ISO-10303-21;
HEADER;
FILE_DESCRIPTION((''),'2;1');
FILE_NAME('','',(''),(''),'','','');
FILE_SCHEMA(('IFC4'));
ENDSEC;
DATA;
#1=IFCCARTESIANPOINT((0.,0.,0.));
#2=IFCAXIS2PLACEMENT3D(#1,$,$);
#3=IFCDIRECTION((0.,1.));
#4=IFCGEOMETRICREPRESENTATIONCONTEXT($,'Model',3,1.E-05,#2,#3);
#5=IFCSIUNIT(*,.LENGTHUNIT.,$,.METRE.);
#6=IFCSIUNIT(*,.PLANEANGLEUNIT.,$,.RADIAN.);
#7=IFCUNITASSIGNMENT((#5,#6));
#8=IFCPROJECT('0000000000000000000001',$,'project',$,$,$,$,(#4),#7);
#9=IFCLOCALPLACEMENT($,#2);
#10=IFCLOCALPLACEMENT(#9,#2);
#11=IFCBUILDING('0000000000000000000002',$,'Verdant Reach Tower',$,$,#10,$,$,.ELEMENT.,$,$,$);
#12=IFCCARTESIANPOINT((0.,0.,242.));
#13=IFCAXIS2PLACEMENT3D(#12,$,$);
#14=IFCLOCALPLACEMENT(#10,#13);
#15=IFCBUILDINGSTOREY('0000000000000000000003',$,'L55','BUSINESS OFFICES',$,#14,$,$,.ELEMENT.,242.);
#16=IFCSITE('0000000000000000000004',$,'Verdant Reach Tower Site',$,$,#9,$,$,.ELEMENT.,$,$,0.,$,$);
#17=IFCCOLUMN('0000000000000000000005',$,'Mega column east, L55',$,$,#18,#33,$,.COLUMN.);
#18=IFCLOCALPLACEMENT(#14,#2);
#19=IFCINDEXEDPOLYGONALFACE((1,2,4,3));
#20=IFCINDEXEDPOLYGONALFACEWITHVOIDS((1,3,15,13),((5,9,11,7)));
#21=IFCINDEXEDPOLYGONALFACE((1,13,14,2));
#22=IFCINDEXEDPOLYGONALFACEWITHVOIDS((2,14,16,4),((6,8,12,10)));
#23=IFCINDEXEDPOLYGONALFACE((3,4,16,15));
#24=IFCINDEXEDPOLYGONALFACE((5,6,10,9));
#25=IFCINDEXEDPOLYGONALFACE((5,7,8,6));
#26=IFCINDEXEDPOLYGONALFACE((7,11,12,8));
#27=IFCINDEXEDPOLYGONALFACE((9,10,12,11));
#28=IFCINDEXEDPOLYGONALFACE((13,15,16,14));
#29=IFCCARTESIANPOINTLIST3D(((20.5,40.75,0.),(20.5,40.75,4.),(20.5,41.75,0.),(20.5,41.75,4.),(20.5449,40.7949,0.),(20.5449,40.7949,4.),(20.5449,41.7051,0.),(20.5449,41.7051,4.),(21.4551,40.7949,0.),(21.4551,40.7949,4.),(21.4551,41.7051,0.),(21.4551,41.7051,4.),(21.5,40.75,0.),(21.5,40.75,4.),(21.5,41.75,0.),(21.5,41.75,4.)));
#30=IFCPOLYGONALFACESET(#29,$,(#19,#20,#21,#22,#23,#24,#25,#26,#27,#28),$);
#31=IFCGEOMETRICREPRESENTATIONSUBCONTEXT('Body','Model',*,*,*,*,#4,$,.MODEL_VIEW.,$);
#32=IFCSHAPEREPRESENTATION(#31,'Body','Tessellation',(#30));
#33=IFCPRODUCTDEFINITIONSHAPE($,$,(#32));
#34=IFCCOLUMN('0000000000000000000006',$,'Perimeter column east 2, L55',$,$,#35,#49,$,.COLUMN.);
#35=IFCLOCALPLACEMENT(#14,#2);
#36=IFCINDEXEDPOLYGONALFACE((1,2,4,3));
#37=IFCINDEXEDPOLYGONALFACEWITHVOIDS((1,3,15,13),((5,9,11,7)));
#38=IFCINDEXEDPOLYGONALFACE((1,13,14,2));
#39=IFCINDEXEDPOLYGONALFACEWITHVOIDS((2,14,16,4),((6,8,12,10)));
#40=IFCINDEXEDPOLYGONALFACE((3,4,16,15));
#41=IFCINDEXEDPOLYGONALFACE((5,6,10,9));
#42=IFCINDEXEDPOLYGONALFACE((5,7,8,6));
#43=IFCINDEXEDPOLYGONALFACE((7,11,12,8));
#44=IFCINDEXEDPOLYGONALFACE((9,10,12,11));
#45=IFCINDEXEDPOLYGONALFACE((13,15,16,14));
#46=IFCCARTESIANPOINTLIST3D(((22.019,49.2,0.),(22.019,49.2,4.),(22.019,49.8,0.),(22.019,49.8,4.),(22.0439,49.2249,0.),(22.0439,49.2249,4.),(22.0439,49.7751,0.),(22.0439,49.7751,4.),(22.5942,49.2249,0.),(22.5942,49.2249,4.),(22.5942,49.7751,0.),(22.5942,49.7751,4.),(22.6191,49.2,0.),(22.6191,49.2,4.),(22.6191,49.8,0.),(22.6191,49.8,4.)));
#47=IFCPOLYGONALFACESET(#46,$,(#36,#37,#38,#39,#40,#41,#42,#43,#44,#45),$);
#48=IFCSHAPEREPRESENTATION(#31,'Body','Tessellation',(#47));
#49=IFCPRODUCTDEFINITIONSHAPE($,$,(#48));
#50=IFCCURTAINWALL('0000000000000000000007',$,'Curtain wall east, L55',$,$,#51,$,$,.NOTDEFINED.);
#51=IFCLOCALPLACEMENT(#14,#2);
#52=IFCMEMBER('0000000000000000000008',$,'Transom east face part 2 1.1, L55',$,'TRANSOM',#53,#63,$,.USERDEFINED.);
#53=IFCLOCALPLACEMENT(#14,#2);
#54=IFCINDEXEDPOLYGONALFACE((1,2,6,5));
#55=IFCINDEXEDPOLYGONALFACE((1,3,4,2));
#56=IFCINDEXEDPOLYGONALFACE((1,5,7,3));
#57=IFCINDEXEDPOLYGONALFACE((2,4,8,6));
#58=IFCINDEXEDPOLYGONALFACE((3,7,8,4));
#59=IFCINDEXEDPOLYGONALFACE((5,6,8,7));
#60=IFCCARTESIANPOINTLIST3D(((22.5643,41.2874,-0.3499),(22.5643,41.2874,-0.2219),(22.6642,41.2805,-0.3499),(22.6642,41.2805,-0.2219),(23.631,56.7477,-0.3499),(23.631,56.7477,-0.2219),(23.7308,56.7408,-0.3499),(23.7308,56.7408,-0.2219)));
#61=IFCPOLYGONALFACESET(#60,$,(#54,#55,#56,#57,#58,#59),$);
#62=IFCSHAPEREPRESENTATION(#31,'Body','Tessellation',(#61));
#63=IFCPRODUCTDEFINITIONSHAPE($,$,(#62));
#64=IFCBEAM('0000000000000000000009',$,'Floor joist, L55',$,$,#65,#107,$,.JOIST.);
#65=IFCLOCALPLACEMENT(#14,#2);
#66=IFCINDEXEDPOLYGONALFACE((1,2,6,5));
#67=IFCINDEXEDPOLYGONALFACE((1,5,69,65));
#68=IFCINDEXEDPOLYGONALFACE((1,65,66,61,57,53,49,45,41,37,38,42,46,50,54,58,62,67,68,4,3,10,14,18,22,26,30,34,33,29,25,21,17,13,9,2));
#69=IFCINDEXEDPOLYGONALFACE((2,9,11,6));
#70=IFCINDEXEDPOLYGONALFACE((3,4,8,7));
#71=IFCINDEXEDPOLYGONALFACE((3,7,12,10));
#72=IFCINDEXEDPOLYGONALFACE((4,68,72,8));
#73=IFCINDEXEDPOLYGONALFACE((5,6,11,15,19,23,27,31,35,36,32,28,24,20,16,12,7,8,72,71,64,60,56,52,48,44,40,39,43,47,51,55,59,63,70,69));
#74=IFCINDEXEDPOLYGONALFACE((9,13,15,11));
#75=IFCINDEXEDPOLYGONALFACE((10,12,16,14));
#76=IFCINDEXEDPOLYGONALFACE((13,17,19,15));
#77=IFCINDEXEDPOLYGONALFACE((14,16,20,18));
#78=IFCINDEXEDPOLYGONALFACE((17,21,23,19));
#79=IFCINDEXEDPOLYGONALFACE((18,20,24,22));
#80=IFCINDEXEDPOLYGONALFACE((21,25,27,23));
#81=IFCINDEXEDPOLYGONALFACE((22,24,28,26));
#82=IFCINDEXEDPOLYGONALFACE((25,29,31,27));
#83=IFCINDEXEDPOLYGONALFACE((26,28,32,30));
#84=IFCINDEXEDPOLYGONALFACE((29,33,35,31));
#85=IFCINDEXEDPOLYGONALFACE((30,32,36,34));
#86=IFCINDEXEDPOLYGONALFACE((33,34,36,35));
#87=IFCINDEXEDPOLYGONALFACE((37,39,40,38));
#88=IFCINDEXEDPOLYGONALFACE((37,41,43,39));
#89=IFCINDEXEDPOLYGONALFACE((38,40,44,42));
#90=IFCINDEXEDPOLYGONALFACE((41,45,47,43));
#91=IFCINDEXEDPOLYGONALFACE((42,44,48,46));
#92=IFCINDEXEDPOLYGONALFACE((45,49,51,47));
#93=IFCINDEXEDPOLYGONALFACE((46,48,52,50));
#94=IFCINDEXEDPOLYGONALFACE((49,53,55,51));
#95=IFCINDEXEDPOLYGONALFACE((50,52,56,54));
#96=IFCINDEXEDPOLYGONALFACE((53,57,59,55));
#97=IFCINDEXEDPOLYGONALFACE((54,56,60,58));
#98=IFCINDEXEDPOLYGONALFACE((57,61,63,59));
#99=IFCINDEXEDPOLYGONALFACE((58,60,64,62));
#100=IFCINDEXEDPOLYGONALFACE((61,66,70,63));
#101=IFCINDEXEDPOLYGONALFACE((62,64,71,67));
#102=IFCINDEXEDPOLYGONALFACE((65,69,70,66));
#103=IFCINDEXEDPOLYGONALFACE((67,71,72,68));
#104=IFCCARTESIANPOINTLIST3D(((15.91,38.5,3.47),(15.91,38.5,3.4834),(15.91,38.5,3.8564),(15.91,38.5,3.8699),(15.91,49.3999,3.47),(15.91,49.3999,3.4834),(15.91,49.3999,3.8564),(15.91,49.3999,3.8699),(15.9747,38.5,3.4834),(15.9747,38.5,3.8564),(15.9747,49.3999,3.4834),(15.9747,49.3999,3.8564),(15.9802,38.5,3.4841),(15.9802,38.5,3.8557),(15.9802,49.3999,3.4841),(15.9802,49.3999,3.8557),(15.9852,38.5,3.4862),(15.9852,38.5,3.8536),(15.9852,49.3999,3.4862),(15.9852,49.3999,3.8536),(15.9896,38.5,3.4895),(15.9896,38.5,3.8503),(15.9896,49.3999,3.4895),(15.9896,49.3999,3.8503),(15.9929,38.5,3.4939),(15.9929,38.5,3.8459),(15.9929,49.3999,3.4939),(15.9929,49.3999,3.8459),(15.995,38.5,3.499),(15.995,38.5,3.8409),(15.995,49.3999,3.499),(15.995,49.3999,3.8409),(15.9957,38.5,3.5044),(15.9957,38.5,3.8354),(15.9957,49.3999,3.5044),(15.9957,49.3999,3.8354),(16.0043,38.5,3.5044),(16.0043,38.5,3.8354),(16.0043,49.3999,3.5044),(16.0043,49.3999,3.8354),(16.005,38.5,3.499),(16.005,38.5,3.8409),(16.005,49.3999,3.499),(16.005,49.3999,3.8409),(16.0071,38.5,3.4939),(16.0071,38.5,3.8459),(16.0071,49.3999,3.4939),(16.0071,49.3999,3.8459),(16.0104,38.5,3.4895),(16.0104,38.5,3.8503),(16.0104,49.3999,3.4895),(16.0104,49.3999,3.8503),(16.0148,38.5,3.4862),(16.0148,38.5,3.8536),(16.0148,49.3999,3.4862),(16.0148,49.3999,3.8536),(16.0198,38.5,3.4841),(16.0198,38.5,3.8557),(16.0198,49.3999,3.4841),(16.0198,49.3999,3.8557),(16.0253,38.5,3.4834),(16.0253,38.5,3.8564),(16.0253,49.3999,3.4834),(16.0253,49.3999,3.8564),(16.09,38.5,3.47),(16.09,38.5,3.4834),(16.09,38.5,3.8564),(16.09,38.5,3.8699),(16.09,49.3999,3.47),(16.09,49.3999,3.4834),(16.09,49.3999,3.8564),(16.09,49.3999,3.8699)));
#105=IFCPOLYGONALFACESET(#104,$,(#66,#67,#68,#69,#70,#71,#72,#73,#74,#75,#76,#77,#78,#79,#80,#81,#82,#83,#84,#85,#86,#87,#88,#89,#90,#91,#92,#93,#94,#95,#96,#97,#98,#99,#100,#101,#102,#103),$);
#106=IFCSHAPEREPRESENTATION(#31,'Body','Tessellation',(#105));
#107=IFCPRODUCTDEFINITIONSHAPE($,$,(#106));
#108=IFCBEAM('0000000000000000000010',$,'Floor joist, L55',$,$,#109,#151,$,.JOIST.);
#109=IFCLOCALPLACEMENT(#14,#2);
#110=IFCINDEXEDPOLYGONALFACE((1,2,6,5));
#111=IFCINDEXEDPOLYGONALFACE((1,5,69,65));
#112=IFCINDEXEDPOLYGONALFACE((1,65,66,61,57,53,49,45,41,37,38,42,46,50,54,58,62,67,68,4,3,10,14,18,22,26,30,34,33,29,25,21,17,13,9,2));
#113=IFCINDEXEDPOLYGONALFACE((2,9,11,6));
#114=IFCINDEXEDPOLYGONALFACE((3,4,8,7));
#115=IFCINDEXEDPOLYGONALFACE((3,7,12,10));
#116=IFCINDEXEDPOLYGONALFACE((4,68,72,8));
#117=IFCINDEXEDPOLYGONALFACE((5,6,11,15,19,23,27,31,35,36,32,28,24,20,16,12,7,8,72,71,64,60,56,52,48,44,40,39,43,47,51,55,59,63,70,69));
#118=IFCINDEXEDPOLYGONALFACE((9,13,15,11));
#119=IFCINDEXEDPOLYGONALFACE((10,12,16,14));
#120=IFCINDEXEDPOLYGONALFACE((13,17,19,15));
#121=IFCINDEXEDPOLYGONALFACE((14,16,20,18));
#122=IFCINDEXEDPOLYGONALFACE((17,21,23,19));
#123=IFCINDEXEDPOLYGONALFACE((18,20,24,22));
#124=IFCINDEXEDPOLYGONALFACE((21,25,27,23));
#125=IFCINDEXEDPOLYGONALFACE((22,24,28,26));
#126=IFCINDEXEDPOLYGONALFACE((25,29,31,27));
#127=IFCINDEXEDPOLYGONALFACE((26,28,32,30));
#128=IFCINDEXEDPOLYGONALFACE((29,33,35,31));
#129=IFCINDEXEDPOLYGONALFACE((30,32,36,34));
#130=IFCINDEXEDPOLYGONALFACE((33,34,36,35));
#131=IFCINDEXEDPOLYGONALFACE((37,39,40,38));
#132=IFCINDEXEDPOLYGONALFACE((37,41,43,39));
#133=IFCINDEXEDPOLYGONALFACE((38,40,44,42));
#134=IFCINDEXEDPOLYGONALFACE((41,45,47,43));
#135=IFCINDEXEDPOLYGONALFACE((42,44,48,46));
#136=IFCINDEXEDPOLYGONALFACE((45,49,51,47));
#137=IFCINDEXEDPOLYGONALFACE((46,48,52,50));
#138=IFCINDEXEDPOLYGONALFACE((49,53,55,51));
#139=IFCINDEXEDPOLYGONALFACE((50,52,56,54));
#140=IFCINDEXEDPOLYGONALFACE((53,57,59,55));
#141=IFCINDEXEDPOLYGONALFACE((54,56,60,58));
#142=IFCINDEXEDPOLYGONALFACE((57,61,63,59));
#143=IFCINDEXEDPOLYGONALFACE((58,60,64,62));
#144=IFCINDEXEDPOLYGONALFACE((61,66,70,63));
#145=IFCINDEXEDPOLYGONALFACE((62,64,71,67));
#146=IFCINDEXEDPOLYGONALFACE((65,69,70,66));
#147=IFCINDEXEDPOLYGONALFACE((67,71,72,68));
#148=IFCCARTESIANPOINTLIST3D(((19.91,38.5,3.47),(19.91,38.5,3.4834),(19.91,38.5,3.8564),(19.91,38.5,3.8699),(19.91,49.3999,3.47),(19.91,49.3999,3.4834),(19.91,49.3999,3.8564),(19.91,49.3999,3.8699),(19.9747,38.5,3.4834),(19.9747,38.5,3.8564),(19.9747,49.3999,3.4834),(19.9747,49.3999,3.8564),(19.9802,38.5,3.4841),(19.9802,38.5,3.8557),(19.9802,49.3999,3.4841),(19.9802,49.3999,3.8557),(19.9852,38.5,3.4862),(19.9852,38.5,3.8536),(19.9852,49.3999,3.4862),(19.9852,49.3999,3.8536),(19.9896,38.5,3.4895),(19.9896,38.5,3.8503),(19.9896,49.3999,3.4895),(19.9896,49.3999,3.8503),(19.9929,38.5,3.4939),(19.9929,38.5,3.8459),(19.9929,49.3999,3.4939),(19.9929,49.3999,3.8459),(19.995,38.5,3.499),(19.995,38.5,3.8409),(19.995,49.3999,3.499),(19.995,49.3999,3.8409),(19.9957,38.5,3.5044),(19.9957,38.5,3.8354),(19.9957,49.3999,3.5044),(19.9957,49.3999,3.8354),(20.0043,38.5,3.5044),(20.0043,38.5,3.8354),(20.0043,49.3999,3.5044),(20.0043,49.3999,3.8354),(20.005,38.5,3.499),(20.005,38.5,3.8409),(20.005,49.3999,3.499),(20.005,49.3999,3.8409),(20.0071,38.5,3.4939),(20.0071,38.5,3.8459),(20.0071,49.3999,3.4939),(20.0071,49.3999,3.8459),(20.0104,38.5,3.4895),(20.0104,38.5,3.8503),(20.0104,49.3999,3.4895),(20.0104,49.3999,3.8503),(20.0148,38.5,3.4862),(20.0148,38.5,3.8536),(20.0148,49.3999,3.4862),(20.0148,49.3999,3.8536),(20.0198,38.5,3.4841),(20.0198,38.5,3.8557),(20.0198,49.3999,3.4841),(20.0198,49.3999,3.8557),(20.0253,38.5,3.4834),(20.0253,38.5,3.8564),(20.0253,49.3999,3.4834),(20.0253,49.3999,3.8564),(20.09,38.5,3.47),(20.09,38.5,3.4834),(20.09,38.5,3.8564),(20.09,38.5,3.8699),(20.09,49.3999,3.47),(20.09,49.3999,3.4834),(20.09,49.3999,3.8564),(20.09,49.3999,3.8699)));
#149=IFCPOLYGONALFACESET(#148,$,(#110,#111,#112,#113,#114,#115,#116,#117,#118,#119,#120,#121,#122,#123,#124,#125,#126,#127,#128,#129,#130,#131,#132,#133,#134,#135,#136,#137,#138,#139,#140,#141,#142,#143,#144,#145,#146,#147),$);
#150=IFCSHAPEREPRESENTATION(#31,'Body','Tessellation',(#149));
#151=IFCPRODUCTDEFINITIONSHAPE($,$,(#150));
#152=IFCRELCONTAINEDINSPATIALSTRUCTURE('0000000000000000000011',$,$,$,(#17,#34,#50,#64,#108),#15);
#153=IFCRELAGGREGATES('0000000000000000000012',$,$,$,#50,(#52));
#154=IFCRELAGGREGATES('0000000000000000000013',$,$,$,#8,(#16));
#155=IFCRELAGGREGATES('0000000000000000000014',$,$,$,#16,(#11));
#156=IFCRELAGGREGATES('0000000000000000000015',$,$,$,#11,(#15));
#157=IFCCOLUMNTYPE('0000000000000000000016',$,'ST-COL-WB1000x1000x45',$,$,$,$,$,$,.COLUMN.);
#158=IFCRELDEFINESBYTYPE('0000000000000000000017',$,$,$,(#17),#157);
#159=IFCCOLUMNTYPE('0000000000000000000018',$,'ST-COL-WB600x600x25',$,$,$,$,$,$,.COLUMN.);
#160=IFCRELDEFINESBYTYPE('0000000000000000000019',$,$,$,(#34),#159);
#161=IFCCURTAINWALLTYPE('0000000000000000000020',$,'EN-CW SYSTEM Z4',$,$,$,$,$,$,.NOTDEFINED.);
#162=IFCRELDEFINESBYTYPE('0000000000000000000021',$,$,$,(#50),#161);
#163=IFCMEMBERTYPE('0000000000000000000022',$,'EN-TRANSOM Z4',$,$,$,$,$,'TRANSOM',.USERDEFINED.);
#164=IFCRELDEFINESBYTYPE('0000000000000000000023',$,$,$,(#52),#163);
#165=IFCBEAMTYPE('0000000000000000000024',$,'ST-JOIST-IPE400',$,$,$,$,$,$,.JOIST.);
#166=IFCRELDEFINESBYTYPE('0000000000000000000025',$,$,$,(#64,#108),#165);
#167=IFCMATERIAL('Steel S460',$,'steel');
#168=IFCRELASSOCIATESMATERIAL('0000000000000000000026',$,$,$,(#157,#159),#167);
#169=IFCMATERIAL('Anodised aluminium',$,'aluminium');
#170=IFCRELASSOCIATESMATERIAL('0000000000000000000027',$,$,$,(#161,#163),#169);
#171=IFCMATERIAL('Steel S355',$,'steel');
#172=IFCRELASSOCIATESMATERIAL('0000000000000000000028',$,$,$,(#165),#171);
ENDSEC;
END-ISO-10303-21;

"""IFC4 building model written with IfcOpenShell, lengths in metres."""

from ifc_helpers import new_model, si_unit, direction, frame, origin, origin_2d, place, context, subcontext, project, spatial, rectangle, hollow_rectangle, i_section, extrude, material, material_profile, profile_set, type_object, element, aggregate, save


model = new_model("IFC4")

# Units and contexts
model_context = context("Model", 3, precision=1e-05, world=origin(), true_north=direction((0.0, 1.0)))
body_context = subcontext(model_context, "Body", "Model", "MODEL_VIEW")
ifc_project = project(units=[si_unit("LENGTHUNIT", "METRE"), si_unit("PLANEANGLEUNIT", "RADIAN")], contexts=[model_context])

# Site, building, storey
site_placement = place(None, origin())
site = spatial("IfcSite", under=ifc_project, at=site_placement, Name="Verdant Reach Tower Site", CompositionType="ELEMENT", RefElevation=0.0)
building_placement = place(site_placement, origin())
building = spatial("IfcBuilding", under=site, at=building_placement, Name="Verdant Reach Tower", CompositionType="ELEMENT")
storey_placement = place(building_placement, frame((0.0, 0.0, 242.0)))
storey = spatial("IfcBuildingStorey", under=building, at=storey_placement, Name="L55", Description="BUSINESS OFFICES", CompositionType="ELEMENT", Elevation=242.0)

# Columns
ifc_material_1 = material(Name="Steel S460", Category="steel")
ifc_material_profile_1 = material_profile(ifc_material_1, hollow_rectangle(XDim=1.0, YDim=1.0, WallThickness=0.0449, at=origin_2d()), Name="WB 1000x1000x45")
ifc_profile_set_1 = profile_set([ifc_material_profile_1], Name="Steel S460")
column_type_1 = type_object("IfcColumnType", Name="ST-COL-WB1000x1000x45", PredefinedType="COLUMN", material=ifc_profile_set_1)
column_1_placement = place(storey_placement, frame((21.0, 41.25, 0.0), z_axis=(0.0, 0.0, 1.0), x_axis=(1.0, 0.0, 0.0)))
element("IfcColumn", 1, at=column_1_placement, inside=storey, type_object=column_type_1, Name="Mega column east, L55", PredefinedType="COLUMN", context=body_context, shape_type="SweptSolid", body=[
    extrude(hollow_rectangle(XDim=1.0, YDim=1.0, WallThickness=0.0449, at=origin_2d()), origin(), (0.0, 0.0, 1.0), 4.0),
])
ifc_material_profile_2 = material_profile(ifc_material_1, hollow_rectangle(XDim=0.6001, YDim=0.6001, WallThickness=0.0249, at=origin_2d()), Name="WB 600x600x25")
ifc_profile_set_2 = profile_set([ifc_material_profile_2], Name="Steel S460")
column_type_2 = type_object("IfcColumnType", Name="ST-COL-WB600x600x25", PredefinedType="COLUMN", material=ifc_profile_set_2)
column_2_placement = place(storey_placement, frame((22.3191, 49.5, 0.0), z_axis=(0.0, 0.0, 1.0), x_axis=(1.0, 0.0, 0.0)))
element("IfcColumn", 2, at=column_2_placement, inside=storey, type_object=column_type_2, Name="Perimeter column east 2, L55", PredefinedType="COLUMN", context=body_context, shape_type="SweptSolid", body=[
    extrude(hollow_rectangle(XDim=0.6001, YDim=0.6001, WallThickness=0.0249, at=origin_2d()), origin(), (0.0, 0.0, 1.0), 4.0),
])

# Curtain wall, member
ifc_material_2 = material(Name="Anodised aluminium", Category="aluminium")
curtain_wall_type = type_object("IfcCurtainWallType", Name="EN-CW SYSTEM Z4", PredefinedType="NOTDEFINED", material=ifc_material_2)
curtain_wall_placement = place(storey_placement, origin())
curtain_wall = element("IfcCurtainWall", 3, at=curtain_wall_placement, inside=storey, type_object=curtain_wall_type, Name="Curtain wall east, L55", PredefinedType="NOTDEFINED")
ifc_material_profile_3 = material_profile(ifc_material_2, rectangle(XDim=0.1001, YDim=0.1279, at=origin_2d()), Name="Transom 128x100")
ifc_profile_set_3 = profile_set([ifc_material_profile_3], Name="Anodised aluminium")
member_type = type_object("IfcMemberType", Name="EN-TRANSOM Z4", ElementType="TRANSOM", PredefinedType="USERDEFINED", material=ifc_profile_set_3)
member_placement = place(storey_placement, frame((22.6143, 41.2839, -0.2859), z_axis=(0.06883, 0.997628, 0.0), x_axis=(-0.997628, 0.06883, 0.0)))
member = element("IfcMember", 4, at=member_placement, type_object=member_type, Name="Transom east face part 2 1.1, L55", ObjectType="TRANSOM", PredefinedType="USERDEFINED", context=body_context, shape_type="SweptSolid", body=[
    extrude(rectangle(XDim=0.1001, YDim=0.1279, at=origin_2d()), origin(), (0.0, 0.0, 1.0), 15.4971),
])

# Beams
ifc_material_3 = material(Name="Steel S355", Category="steel")
ifc_material_profile_4 = material_profile(ifc_material_3, i_section(OverallWidth=0.1799, OverallDepth=0.3999, WebThickness=0.0085, FlangeThickness=0.0134, FilletRadius=0.021, at=origin_2d()), Name="IPE 400")
ifc_profile_set_4 = profile_set([ifc_material_profile_4], Name="Steel S355")
beam_type_1 = type_object("IfcBeamType", Name="ST-JOIST-IPE400", PredefinedType="JOIST", material=ifc_profile_set_4)
for number, where, z_axis, x_axis, name in (
    (5, (16.0, 38.5, 3.6699), (0.0, 1.0, 0.0), (-1.0, 0.0, 0.0), "Floor joist, L55"),
    (6, (20.0, 38.5, 3.6699), (0.0, 1.0, 0.0), (-1.0, 0.0, 0.0), "Floor joist, L55"),
):
    element("IfcBeam", number, at=place(storey_placement, frame(where, z_axis=z_axis, x_axis=x_axis)), inside=storey, type_object=beam_type_1, Name=name, PredefinedType="JOIST", context=body_context, shape_type="SweptSolid", body=[
        extrude(i_section(OverallWidth=0.1799, OverallDepth=0.3999, WebThickness=0.0085, FlangeThickness=0.0134, FilletRadius=0.021, at=origin_2d()), origin(), (0.0, 0.0, 1.0), 10.8999),
    ])

aggregate(curtain_wall, [member])

save(model, "model.ifc")
